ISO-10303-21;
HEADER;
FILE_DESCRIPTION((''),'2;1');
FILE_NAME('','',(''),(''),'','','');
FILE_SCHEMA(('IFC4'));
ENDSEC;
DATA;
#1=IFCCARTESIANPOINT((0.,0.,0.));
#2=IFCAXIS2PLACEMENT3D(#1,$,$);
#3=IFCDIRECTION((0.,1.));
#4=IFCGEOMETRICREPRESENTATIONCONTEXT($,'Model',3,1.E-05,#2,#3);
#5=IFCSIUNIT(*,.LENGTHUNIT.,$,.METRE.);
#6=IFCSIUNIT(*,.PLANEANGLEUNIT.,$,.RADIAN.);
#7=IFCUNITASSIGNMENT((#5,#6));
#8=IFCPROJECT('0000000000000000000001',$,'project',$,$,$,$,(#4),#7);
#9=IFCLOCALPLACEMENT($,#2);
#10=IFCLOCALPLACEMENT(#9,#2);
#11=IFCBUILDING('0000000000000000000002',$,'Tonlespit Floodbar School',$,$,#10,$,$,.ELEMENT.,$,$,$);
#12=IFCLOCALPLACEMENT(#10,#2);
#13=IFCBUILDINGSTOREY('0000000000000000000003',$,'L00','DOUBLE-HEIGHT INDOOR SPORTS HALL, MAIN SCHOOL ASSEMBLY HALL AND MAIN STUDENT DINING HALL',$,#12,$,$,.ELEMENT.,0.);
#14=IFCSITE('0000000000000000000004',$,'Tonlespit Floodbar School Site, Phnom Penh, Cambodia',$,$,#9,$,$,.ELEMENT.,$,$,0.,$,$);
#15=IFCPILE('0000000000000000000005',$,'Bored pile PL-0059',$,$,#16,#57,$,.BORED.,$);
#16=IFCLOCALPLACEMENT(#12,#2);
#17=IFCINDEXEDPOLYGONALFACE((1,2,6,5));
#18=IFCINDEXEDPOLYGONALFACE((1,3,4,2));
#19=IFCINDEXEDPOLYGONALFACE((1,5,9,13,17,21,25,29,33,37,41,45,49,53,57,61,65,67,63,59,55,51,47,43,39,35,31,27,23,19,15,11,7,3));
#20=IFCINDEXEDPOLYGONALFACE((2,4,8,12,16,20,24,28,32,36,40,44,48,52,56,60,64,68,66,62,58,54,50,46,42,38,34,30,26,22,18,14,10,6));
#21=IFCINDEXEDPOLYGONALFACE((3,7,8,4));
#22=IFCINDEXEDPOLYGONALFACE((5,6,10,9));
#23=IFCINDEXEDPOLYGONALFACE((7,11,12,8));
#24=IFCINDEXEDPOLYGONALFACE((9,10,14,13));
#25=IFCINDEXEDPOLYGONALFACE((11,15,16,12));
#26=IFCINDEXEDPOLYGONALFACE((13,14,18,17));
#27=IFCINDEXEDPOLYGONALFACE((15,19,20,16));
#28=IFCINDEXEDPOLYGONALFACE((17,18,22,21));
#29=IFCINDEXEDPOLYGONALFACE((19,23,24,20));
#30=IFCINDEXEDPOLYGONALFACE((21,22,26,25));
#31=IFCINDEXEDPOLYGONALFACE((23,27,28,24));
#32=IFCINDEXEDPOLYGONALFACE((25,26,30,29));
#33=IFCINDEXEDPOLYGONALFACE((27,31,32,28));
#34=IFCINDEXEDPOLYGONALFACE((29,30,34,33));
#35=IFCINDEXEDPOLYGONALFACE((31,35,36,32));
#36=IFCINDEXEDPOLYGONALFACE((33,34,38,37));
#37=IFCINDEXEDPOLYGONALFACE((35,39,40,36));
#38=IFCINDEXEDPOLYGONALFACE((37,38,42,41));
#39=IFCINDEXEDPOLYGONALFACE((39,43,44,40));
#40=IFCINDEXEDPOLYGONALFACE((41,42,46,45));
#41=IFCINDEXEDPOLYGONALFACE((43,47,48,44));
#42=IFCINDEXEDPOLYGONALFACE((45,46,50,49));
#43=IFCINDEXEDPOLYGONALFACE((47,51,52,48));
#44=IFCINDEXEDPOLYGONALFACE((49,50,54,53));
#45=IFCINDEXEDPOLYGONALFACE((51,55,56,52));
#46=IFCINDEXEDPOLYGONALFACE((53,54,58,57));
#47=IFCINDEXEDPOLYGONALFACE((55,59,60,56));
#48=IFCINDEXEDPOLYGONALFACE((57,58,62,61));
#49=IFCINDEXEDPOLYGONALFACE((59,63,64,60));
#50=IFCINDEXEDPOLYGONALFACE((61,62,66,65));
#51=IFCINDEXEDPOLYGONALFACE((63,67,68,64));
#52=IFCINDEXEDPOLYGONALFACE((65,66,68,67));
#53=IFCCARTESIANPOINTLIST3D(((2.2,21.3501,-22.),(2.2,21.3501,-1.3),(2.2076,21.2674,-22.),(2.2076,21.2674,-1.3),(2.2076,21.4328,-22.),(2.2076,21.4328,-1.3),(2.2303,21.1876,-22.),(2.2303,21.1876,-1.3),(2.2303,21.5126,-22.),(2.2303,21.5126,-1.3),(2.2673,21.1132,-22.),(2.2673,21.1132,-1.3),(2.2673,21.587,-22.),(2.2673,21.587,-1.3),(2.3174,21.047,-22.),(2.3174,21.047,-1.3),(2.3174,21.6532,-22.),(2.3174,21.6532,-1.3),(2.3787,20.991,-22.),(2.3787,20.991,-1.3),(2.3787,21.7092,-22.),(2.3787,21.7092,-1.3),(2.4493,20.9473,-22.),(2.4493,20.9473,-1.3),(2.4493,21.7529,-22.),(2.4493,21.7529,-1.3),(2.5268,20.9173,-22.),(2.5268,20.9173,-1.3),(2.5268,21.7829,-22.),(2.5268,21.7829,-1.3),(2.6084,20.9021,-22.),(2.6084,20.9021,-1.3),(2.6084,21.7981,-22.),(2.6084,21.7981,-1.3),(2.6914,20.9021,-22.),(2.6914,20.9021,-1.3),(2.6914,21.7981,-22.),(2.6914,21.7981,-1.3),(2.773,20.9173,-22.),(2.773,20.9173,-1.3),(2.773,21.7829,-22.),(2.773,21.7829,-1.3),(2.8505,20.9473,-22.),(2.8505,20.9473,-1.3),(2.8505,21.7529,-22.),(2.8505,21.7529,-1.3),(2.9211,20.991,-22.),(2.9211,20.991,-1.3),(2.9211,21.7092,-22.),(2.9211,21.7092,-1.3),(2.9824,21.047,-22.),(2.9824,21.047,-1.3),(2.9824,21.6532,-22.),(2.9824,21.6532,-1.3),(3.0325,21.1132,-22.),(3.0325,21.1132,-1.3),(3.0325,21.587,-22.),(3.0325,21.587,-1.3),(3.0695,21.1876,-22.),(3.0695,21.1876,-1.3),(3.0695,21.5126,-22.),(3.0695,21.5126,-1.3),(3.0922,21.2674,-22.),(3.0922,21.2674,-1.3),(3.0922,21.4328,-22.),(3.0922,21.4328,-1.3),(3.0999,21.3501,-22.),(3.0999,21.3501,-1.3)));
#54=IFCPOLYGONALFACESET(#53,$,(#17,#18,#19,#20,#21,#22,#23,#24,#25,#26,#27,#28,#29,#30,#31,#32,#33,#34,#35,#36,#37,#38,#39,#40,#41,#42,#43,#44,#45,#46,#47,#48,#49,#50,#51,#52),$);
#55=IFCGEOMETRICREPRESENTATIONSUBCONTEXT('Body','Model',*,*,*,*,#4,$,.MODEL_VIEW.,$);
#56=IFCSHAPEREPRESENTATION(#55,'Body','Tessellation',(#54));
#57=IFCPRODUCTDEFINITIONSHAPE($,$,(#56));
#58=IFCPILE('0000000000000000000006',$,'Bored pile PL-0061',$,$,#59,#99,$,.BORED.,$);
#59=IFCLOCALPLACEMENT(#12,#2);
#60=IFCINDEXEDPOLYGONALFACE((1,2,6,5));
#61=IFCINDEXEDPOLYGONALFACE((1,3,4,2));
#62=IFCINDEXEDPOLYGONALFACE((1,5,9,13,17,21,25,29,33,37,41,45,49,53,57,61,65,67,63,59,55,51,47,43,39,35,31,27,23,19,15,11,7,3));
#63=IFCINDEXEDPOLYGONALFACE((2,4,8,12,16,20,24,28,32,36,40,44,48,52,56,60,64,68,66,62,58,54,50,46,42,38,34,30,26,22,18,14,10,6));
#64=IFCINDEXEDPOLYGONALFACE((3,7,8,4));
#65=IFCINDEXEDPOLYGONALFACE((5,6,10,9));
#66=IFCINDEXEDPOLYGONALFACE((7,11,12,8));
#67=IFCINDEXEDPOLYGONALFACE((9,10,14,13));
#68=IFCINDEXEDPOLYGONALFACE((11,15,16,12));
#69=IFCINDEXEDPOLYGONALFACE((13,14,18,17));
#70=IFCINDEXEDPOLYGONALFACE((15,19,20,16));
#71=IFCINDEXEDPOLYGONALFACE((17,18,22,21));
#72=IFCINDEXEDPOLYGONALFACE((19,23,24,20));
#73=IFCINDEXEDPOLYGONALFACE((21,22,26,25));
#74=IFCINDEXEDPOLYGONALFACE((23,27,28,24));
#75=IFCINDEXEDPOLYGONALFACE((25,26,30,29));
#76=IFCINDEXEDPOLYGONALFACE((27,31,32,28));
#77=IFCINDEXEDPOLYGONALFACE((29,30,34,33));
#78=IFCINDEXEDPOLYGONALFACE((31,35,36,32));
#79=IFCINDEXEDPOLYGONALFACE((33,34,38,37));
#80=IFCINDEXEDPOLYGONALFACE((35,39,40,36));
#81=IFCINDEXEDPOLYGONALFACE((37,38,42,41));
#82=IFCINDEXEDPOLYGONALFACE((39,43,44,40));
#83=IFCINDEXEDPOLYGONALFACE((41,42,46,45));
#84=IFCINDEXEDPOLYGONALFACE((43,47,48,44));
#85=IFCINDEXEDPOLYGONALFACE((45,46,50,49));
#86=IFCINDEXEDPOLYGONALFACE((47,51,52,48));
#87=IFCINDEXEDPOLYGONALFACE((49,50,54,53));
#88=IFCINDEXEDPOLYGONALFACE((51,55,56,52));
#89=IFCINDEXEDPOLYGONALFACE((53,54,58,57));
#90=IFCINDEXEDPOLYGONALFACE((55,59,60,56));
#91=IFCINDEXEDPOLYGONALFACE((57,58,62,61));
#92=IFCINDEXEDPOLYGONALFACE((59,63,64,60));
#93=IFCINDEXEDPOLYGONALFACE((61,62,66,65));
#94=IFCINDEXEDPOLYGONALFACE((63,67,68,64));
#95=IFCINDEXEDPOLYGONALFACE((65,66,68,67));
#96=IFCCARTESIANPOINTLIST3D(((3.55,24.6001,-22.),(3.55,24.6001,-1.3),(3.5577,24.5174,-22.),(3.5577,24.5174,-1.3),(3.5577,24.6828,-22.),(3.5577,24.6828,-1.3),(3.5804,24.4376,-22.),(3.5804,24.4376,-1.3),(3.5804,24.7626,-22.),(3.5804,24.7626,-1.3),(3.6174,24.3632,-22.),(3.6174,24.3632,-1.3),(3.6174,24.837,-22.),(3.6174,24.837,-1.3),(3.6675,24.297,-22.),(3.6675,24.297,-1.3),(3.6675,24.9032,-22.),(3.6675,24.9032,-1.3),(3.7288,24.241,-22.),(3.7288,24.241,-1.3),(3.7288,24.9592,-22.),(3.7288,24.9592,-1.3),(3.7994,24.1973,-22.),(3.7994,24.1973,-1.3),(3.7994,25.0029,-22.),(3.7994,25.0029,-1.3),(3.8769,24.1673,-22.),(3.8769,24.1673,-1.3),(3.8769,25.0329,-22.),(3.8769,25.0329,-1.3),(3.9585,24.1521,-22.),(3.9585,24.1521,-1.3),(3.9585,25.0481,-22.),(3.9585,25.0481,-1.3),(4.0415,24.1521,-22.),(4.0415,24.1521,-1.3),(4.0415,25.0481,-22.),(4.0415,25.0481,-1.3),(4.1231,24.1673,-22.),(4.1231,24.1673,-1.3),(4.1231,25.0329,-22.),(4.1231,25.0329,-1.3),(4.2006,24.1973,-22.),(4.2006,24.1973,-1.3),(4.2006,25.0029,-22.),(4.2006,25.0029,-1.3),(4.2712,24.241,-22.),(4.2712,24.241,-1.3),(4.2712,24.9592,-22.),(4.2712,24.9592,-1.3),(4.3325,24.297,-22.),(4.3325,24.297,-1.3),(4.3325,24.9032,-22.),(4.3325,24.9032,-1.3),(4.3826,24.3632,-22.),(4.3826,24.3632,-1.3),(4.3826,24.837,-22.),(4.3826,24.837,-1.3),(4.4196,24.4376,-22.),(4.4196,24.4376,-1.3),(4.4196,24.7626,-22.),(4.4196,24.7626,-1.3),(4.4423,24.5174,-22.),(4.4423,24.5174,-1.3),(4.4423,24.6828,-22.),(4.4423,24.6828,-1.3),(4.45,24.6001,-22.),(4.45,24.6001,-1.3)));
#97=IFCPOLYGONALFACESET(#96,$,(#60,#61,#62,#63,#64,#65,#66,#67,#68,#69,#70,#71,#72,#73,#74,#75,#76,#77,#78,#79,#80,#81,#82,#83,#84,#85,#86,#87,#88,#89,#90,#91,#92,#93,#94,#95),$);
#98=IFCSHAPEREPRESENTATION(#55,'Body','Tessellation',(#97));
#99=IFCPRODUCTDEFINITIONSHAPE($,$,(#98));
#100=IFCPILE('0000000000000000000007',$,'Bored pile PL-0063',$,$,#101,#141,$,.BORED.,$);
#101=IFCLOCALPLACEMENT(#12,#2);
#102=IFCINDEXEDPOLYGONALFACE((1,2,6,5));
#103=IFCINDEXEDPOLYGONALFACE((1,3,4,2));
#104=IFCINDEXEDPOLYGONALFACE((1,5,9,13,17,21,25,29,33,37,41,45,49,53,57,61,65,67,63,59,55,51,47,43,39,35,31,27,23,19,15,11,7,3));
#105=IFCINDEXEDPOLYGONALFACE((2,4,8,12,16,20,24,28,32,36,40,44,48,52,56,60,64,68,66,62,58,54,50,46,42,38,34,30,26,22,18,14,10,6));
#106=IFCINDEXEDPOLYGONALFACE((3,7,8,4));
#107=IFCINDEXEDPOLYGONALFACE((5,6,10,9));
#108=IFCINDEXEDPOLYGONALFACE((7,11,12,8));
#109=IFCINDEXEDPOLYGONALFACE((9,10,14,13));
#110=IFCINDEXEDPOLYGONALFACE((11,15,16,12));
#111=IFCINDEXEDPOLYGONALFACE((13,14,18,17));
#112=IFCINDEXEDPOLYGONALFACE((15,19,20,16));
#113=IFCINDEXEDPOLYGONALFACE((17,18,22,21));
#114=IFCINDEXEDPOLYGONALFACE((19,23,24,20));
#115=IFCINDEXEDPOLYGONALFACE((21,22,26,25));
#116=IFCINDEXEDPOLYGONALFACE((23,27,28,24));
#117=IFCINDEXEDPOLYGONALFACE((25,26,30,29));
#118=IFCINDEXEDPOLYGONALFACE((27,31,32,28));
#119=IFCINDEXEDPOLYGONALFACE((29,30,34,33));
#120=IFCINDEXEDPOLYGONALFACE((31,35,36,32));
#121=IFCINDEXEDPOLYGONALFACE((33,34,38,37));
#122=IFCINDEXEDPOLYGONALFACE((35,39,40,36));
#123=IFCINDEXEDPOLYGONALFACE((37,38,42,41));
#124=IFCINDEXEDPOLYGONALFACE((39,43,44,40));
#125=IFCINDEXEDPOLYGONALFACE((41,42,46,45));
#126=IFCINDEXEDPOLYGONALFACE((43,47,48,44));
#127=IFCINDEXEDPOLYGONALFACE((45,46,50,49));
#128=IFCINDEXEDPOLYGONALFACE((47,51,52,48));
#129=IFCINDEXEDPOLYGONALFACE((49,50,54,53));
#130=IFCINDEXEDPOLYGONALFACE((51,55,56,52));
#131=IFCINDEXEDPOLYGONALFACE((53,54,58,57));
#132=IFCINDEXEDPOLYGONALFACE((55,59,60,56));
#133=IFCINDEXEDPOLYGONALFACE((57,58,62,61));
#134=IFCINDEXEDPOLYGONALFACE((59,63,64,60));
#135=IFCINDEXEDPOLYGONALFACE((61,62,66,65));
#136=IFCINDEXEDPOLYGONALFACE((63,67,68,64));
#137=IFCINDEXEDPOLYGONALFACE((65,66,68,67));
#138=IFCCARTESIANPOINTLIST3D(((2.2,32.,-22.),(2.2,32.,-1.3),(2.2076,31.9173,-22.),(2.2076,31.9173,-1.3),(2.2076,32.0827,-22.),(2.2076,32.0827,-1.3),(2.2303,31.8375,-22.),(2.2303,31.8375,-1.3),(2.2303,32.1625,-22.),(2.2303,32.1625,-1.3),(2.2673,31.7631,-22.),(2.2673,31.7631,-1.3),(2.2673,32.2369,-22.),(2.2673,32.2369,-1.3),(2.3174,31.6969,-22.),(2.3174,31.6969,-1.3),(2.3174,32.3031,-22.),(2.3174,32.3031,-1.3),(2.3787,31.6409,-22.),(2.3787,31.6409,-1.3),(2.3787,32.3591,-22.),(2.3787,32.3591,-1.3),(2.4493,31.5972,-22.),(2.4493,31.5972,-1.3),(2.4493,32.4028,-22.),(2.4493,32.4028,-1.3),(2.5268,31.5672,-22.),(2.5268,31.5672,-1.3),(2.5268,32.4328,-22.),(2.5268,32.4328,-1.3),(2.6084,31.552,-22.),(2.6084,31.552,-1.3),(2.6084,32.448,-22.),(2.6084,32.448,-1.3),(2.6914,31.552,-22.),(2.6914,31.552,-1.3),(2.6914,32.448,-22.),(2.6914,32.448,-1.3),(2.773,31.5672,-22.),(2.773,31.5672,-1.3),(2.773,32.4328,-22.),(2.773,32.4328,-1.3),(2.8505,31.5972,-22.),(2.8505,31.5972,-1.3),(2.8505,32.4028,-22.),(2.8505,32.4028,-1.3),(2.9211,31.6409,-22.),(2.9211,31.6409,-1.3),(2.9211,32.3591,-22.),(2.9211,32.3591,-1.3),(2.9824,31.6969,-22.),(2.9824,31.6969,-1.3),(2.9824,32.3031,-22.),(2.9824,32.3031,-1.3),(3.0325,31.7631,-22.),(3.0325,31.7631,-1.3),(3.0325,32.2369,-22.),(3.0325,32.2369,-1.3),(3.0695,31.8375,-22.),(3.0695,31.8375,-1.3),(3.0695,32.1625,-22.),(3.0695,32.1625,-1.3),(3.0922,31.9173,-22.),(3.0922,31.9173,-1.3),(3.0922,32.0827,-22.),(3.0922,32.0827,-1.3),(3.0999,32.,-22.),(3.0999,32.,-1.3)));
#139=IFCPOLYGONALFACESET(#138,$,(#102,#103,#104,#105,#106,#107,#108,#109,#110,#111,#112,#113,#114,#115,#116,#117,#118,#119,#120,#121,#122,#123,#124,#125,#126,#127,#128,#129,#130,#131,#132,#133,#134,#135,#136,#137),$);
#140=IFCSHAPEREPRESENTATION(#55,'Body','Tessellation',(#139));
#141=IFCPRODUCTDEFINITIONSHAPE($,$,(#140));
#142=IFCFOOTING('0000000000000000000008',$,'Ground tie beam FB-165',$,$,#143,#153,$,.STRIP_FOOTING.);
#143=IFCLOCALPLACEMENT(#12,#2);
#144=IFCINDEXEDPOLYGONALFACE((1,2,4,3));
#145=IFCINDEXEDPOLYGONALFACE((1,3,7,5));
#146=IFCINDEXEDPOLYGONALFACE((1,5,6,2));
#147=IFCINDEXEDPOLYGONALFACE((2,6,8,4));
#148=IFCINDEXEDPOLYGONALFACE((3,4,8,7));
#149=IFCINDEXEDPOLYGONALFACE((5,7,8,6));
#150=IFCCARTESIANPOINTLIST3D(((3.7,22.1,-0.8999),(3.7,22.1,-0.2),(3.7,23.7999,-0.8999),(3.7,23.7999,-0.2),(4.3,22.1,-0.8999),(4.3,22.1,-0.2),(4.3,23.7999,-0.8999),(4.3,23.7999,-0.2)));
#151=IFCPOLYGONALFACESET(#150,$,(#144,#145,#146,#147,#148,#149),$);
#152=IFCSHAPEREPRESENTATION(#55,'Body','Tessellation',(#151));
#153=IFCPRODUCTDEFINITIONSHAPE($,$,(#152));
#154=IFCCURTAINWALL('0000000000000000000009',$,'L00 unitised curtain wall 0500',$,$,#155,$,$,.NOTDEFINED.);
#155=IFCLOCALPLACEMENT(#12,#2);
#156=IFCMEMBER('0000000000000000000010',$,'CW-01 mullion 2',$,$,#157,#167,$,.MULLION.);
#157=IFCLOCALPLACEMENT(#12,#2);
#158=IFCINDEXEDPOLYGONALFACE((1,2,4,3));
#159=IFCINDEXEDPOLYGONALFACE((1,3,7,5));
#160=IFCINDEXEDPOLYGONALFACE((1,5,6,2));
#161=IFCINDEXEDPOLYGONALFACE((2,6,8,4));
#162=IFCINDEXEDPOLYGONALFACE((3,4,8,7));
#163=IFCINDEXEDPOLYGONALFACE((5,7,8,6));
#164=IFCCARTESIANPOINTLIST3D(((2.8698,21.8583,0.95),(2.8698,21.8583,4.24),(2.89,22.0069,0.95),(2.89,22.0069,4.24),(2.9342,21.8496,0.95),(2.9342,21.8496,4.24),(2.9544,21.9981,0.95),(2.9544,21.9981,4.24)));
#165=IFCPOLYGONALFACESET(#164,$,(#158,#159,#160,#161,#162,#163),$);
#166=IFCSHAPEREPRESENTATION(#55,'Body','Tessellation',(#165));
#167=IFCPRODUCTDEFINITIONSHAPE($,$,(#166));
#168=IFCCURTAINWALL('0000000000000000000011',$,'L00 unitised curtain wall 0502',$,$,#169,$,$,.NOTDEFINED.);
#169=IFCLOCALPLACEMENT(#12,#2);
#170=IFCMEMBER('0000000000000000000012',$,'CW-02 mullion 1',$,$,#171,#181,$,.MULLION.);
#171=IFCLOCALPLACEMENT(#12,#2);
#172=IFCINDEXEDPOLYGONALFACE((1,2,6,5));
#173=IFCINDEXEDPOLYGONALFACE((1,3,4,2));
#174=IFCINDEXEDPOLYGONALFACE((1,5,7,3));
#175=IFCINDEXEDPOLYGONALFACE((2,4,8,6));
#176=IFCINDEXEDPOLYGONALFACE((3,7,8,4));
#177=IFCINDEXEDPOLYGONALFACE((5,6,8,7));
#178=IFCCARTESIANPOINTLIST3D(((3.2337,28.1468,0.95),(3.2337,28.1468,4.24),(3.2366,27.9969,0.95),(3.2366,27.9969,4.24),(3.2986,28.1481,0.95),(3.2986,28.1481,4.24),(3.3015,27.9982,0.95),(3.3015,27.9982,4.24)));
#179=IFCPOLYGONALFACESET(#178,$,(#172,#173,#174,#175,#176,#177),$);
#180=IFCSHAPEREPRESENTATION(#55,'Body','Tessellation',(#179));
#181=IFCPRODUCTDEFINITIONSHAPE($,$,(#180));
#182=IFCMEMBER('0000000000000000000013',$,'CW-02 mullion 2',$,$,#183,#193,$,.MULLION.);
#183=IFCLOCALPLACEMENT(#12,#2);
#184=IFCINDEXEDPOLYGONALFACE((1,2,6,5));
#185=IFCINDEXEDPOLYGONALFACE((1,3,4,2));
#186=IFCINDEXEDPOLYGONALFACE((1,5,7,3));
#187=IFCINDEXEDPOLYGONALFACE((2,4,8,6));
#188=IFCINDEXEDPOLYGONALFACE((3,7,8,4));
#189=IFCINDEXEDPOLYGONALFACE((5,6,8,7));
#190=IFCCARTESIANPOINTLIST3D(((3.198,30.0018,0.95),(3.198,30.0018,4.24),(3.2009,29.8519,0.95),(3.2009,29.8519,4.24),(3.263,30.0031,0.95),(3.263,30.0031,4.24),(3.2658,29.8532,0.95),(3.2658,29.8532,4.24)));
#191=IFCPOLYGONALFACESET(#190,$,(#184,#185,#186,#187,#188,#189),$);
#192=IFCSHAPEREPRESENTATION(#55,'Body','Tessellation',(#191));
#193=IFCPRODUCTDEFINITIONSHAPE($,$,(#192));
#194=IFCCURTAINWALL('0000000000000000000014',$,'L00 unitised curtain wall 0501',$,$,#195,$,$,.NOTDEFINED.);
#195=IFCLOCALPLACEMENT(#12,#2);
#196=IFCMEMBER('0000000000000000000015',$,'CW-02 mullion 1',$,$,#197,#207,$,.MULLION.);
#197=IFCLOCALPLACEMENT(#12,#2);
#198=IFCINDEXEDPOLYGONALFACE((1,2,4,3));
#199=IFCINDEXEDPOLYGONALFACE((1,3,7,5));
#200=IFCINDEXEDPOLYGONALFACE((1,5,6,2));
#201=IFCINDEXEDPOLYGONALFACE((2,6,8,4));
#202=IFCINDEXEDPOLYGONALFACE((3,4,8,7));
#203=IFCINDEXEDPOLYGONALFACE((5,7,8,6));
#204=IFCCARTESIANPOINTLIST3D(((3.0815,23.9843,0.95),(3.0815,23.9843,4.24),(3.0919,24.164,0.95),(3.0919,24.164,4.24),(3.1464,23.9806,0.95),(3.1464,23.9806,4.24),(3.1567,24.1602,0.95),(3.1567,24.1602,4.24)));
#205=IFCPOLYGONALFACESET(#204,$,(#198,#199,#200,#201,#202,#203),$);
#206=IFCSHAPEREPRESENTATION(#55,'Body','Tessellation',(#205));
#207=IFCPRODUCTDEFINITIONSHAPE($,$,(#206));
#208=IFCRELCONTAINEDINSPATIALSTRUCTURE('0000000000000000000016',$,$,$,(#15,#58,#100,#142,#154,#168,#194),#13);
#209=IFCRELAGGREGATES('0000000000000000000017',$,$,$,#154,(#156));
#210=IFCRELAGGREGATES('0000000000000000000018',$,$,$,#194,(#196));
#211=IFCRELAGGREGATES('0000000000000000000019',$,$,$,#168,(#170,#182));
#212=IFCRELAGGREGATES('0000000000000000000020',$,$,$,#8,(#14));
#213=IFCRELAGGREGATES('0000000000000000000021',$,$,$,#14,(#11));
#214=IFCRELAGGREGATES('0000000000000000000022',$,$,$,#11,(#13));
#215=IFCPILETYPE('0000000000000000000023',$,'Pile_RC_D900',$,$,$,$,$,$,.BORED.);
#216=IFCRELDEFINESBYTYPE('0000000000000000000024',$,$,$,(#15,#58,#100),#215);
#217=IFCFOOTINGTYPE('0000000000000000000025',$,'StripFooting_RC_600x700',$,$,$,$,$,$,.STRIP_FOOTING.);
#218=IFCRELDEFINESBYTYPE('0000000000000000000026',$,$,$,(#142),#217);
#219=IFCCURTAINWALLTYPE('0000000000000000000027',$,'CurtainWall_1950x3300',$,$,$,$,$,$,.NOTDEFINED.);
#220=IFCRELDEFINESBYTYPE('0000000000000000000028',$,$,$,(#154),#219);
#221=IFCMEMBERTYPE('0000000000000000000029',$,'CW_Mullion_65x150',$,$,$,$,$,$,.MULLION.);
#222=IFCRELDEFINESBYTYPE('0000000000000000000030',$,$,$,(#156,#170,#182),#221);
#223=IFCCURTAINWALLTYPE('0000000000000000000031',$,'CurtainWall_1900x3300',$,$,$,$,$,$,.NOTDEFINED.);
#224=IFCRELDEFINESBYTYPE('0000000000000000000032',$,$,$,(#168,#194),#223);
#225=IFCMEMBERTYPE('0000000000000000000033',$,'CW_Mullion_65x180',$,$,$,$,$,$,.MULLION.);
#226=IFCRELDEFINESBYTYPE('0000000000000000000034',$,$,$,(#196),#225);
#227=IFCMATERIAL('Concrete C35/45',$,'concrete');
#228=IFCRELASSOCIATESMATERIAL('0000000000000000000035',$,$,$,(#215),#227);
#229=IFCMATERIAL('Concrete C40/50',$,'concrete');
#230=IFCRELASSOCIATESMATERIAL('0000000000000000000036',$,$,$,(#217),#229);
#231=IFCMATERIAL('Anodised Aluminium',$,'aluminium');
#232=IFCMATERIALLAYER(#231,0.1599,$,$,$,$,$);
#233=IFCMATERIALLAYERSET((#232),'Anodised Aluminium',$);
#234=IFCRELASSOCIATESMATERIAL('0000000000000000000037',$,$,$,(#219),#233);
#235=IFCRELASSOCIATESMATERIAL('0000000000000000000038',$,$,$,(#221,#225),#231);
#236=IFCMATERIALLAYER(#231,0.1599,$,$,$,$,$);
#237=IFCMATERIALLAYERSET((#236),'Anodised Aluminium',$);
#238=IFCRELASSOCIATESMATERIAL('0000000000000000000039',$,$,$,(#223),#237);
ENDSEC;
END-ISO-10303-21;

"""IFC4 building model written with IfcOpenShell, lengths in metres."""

from ifc_helpers import new_model, si_unit, direction, frame, origin, origin_2d, place, context, subcontext, project, spatial, rectangle, circle, extrude, material, layer, layer_set, material_profile, profile_set, type_object, element, aggregate, save


model = new_model("IFC4")

# Units and contexts
model_context = context("Model", 3, precision=1e-05, world=origin(), true_north=direction((0.0, 1.0)))
body_context = subcontext(model_context, "Body", "Model", "MODEL_VIEW")
ifc_project = project(units=[si_unit("LENGTHUNIT", "METRE"), si_unit("PLANEANGLEUNIT", "RADIAN")], contexts=[model_context])

# Site, building, storey
site_placement = place(None, origin())
site = spatial("IfcSite", under=ifc_project, at=site_placement, Name="Tonlespit Floodbar School Site, Phnom Penh, Cambodia", CompositionType="ELEMENT", RefElevation=0.0)
building_placement = place(site_placement, origin())
building = spatial("IfcBuilding", under=site, at=building_placement, Name="Tonlespit Floodbar School", CompositionType="ELEMENT")
storey_placement = place(building_placement, origin())
storey = spatial("IfcBuildingStorey", under=building, at=storey_placement, Name="L00", Description="DOUBLE-HEIGHT INDOOR SPORTS HALL, MAIN SCHOOL ASSEMBLY HALL AND MAIN STUDENT DINING HALL", CompositionType="ELEMENT", Elevation=0.0)

# Piles
ifc_material_1 = material(Name="Concrete C35/45", Category="concrete")
ifc_material_profile_1 = material_profile(ifc_material_1, circle(Radius=0.45, at=origin_2d()), Name="BP D900")
ifc_profile_set_1 = profile_set([ifc_material_profile_1], Name="Concrete C35/45")
pile_type = type_object("IfcPileType", Name="Pile_RC_D900", PredefinedType="BORED", material=ifc_profile_set_1)
for number, where, z_axis, x_axis, name in (
    (1, (2.6499, 21.3501, -1.3), (0.0, 0.0, -1.0), (1.0, 0.0, 0.0), "Bored pile PL-0059"),
    (2, (4.0, 24.6001, -1.3), (0.0, 0.0, -1.0), (1.0, 0.0, 0.0), "Bored pile PL-0061"),
    (3, (2.6499, 32.0, -1.3), (0.0, 0.0, -1.0), (1.0, 0.0, 0.0), "Bored pile PL-0063"),
):
    element("IfcPile", number, at=place(storey_placement, frame(where, z_axis=z_axis, x_axis=x_axis)), inside=storey, type_object=pile_type, Name=name, PredefinedType="BORED", context=body_context, shape_type="SweptSolid", body=[
        extrude(circle(Radius=0.45, at=origin_2d()), origin(), (0.0, 0.0, 1.0), 20.7),
    ])

# Footing
ifc_material_2 = material(Name="Concrete C40/50", Category="concrete")
footing_type = type_object("IfcFootingType", Name="StripFooting_RC_600x700", PredefinedType="STRIP_FOOTING", material=ifc_material_2)
footing_placement = place(storey_placement, frame((4.0, 22.95, -0.8999), z_axis=(0.0, 0.0, 1.0), x_axis=(0.0, 1.0, 0.0)))
element("IfcFooting", 4, at=footing_placement, inside=storey, type_object=footing_type, Name="Ground tie beam FB-165", PredefinedType="STRIP_FOOTING", context=body_context, shape_type="SweptSolid", body=[
    extrude(rectangle(XDim=1.7, YDim=0.6001, at=origin_2d()), origin(), (0.0, 0.0, 1.0), 0.7),
])

# Curtain wall, member
ifc_material_3 = material(Name="Anodised Aluminium", Category="aluminium")
ifc_layer_1 = layer(ifc_material_3, 0.1599)
ifc_layer_set_1 = layer_set([ifc_layer_1], Name="Anodised Aluminium")
curtain_wall_type_1 = type_object("IfcCurtainWallType", Name="CurtainWall_1950x3300", PredefinedType="NOTDEFINED", material=ifc_layer_set_1)
curtain_wall_1_placement = place(storey_placement, origin())
curtain_wall_1 = element("IfcCurtainWall", 5, at=curtain_wall_1_placement, inside=storey, type_object=curtain_wall_type_1, Name="L00 unitised curtain wall 0500", PredefinedType="NOTDEFINED")
ifc_material_profile_2 = material_profile(ifc_material_3, rectangle(XDim=0.0649, YDim=0.1499, at=origin_2d()), Name="ALU M65x150")
ifc_profile_set_2 = profile_set([ifc_material_profile_2], Name="Anodised Aluminium")
member_type_1 = type_object("IfcMemberType", Name="CW_Mullion_65x150", PredefinedType="MULLION", material=ifc_profile_set_2)
member_1_placement = place(storey_placement, frame((2.9121, 21.9282, 0.95), z_axis=(0.0, 0.0, 1.0), x_axis=(-0.990894, 0.134644, 0.0)))
member_1 = element("IfcMember", 6, at=member_1_placement, type_object=member_type_1, Name="CW-01 mullion 2", PredefinedType="MULLION", context=body_context, shape_type="SweptSolid", body=[
    extrude(rectangle(XDim=0.0649, YDim=0.1499, at=origin_2d()), origin(), (0.0, 0.0, 1.0), 3.29),
])
aggregate(curtain_wall_1, [member_1])

# Curtain walls, members
ifc_layer_2 = layer(ifc_material_3, 0.1599)
ifc_layer_set_2 = layer_set([ifc_layer_2], Name="Anodised Aluminium")
curtain_wall_type_2 = type_object("IfcCurtainWallType", Name="CurtainWall_1900x3300", PredefinedType="NOTDEFINED", material=ifc_layer_set_2)
curtain_wall_2_placement = place(storey_placement, origin())
curtain_wall_2 = element("IfcCurtainWall", 7, at=curtain_wall_2_placement, inside=storey, type_object=curtain_wall_type_2, Name="L00 unitised curtain wall 0502", PredefinedType="NOTDEFINED")
member_2_placement = place(storey_placement, frame((3.2676, 28.0725, 0.95), z_axis=(0.0, 0.0, 1.0), x_axis=(-0.999815, -0.019215, 0.0)))
member_2 = element("IfcMember", 8, at=member_2_placement, type_object=member_type_1, Name="CW-02 mullion 1", PredefinedType="MULLION", context=body_context, shape_type="SweptSolid", body=[
    extrude(rectangle(XDim=0.0649, YDim=0.1499, at=origin_2d()), origin(), (0.0, 0.0, 1.0), 3.29),
])
member_3_placement = place(storey_placement, frame((3.2319, 29.9275, 0.95), z_axis=(0.0, 0.0, 1.0), x_axis=(-0.999815, -0.019215, 0.0)))
member_3 = element("IfcMember", 9, at=member_3_placement, type_object=member_type_1, Name="CW-02 mullion 2", PredefinedType="MULLION", context=body_context, shape_type="SweptSolid", body=[
    extrude(rectangle(XDim=0.0649, YDim=0.1499, at=origin_2d()), origin(), (0.0, 0.0, 1.0), 3.29),
])
curtain_wall_3_placement = place(storey_placement, origin())
curtain_wall_3 = element("IfcCurtainWall", 10, at=curtain_wall_3_placement, inside=storey, type_object=curtain_wall_type_2, Name="L00 unitised curtain wall 0501", PredefinedType="NOTDEFINED")
ifc_material_profile_3 = material_profile(ifc_material_3, rectangle(XDim=0.0649, YDim=0.1799, at=origin_2d()), Name="ALU M65x180")
ifc_profile_set_3 = profile_set([ifc_material_profile_3], Name="Anodised Aluminium")
member_type_2 = type_object("IfcMemberType", Name="CW_Mullion_65x180", PredefinedType="MULLION", material=ifc_profile_set_3)
member_4_placement = place(storey_placement, frame((3.1191, 24.0723, 0.95), z_axis=(0.0, 0.0, 1.0), x_axis=(-0.998333, 0.05771, 0.0)))
member_4 = element("IfcMember", 11, at=member_4_placement, type_object=member_type_2, Name="CW-02 mullion 1", PredefinedType="MULLION", context=body_context, shape_type="SweptSolid", body=[
    extrude(rectangle(XDim=0.0649, YDim=0.1799, at=origin_2d()), origin(), (0.0, 0.0, 1.0), 3.29),
])

aggregate(curtain_wall_3, [member_4])
aggregate(curtain_wall_2, [member_2, member_3])

save(model, "model.ifc")
